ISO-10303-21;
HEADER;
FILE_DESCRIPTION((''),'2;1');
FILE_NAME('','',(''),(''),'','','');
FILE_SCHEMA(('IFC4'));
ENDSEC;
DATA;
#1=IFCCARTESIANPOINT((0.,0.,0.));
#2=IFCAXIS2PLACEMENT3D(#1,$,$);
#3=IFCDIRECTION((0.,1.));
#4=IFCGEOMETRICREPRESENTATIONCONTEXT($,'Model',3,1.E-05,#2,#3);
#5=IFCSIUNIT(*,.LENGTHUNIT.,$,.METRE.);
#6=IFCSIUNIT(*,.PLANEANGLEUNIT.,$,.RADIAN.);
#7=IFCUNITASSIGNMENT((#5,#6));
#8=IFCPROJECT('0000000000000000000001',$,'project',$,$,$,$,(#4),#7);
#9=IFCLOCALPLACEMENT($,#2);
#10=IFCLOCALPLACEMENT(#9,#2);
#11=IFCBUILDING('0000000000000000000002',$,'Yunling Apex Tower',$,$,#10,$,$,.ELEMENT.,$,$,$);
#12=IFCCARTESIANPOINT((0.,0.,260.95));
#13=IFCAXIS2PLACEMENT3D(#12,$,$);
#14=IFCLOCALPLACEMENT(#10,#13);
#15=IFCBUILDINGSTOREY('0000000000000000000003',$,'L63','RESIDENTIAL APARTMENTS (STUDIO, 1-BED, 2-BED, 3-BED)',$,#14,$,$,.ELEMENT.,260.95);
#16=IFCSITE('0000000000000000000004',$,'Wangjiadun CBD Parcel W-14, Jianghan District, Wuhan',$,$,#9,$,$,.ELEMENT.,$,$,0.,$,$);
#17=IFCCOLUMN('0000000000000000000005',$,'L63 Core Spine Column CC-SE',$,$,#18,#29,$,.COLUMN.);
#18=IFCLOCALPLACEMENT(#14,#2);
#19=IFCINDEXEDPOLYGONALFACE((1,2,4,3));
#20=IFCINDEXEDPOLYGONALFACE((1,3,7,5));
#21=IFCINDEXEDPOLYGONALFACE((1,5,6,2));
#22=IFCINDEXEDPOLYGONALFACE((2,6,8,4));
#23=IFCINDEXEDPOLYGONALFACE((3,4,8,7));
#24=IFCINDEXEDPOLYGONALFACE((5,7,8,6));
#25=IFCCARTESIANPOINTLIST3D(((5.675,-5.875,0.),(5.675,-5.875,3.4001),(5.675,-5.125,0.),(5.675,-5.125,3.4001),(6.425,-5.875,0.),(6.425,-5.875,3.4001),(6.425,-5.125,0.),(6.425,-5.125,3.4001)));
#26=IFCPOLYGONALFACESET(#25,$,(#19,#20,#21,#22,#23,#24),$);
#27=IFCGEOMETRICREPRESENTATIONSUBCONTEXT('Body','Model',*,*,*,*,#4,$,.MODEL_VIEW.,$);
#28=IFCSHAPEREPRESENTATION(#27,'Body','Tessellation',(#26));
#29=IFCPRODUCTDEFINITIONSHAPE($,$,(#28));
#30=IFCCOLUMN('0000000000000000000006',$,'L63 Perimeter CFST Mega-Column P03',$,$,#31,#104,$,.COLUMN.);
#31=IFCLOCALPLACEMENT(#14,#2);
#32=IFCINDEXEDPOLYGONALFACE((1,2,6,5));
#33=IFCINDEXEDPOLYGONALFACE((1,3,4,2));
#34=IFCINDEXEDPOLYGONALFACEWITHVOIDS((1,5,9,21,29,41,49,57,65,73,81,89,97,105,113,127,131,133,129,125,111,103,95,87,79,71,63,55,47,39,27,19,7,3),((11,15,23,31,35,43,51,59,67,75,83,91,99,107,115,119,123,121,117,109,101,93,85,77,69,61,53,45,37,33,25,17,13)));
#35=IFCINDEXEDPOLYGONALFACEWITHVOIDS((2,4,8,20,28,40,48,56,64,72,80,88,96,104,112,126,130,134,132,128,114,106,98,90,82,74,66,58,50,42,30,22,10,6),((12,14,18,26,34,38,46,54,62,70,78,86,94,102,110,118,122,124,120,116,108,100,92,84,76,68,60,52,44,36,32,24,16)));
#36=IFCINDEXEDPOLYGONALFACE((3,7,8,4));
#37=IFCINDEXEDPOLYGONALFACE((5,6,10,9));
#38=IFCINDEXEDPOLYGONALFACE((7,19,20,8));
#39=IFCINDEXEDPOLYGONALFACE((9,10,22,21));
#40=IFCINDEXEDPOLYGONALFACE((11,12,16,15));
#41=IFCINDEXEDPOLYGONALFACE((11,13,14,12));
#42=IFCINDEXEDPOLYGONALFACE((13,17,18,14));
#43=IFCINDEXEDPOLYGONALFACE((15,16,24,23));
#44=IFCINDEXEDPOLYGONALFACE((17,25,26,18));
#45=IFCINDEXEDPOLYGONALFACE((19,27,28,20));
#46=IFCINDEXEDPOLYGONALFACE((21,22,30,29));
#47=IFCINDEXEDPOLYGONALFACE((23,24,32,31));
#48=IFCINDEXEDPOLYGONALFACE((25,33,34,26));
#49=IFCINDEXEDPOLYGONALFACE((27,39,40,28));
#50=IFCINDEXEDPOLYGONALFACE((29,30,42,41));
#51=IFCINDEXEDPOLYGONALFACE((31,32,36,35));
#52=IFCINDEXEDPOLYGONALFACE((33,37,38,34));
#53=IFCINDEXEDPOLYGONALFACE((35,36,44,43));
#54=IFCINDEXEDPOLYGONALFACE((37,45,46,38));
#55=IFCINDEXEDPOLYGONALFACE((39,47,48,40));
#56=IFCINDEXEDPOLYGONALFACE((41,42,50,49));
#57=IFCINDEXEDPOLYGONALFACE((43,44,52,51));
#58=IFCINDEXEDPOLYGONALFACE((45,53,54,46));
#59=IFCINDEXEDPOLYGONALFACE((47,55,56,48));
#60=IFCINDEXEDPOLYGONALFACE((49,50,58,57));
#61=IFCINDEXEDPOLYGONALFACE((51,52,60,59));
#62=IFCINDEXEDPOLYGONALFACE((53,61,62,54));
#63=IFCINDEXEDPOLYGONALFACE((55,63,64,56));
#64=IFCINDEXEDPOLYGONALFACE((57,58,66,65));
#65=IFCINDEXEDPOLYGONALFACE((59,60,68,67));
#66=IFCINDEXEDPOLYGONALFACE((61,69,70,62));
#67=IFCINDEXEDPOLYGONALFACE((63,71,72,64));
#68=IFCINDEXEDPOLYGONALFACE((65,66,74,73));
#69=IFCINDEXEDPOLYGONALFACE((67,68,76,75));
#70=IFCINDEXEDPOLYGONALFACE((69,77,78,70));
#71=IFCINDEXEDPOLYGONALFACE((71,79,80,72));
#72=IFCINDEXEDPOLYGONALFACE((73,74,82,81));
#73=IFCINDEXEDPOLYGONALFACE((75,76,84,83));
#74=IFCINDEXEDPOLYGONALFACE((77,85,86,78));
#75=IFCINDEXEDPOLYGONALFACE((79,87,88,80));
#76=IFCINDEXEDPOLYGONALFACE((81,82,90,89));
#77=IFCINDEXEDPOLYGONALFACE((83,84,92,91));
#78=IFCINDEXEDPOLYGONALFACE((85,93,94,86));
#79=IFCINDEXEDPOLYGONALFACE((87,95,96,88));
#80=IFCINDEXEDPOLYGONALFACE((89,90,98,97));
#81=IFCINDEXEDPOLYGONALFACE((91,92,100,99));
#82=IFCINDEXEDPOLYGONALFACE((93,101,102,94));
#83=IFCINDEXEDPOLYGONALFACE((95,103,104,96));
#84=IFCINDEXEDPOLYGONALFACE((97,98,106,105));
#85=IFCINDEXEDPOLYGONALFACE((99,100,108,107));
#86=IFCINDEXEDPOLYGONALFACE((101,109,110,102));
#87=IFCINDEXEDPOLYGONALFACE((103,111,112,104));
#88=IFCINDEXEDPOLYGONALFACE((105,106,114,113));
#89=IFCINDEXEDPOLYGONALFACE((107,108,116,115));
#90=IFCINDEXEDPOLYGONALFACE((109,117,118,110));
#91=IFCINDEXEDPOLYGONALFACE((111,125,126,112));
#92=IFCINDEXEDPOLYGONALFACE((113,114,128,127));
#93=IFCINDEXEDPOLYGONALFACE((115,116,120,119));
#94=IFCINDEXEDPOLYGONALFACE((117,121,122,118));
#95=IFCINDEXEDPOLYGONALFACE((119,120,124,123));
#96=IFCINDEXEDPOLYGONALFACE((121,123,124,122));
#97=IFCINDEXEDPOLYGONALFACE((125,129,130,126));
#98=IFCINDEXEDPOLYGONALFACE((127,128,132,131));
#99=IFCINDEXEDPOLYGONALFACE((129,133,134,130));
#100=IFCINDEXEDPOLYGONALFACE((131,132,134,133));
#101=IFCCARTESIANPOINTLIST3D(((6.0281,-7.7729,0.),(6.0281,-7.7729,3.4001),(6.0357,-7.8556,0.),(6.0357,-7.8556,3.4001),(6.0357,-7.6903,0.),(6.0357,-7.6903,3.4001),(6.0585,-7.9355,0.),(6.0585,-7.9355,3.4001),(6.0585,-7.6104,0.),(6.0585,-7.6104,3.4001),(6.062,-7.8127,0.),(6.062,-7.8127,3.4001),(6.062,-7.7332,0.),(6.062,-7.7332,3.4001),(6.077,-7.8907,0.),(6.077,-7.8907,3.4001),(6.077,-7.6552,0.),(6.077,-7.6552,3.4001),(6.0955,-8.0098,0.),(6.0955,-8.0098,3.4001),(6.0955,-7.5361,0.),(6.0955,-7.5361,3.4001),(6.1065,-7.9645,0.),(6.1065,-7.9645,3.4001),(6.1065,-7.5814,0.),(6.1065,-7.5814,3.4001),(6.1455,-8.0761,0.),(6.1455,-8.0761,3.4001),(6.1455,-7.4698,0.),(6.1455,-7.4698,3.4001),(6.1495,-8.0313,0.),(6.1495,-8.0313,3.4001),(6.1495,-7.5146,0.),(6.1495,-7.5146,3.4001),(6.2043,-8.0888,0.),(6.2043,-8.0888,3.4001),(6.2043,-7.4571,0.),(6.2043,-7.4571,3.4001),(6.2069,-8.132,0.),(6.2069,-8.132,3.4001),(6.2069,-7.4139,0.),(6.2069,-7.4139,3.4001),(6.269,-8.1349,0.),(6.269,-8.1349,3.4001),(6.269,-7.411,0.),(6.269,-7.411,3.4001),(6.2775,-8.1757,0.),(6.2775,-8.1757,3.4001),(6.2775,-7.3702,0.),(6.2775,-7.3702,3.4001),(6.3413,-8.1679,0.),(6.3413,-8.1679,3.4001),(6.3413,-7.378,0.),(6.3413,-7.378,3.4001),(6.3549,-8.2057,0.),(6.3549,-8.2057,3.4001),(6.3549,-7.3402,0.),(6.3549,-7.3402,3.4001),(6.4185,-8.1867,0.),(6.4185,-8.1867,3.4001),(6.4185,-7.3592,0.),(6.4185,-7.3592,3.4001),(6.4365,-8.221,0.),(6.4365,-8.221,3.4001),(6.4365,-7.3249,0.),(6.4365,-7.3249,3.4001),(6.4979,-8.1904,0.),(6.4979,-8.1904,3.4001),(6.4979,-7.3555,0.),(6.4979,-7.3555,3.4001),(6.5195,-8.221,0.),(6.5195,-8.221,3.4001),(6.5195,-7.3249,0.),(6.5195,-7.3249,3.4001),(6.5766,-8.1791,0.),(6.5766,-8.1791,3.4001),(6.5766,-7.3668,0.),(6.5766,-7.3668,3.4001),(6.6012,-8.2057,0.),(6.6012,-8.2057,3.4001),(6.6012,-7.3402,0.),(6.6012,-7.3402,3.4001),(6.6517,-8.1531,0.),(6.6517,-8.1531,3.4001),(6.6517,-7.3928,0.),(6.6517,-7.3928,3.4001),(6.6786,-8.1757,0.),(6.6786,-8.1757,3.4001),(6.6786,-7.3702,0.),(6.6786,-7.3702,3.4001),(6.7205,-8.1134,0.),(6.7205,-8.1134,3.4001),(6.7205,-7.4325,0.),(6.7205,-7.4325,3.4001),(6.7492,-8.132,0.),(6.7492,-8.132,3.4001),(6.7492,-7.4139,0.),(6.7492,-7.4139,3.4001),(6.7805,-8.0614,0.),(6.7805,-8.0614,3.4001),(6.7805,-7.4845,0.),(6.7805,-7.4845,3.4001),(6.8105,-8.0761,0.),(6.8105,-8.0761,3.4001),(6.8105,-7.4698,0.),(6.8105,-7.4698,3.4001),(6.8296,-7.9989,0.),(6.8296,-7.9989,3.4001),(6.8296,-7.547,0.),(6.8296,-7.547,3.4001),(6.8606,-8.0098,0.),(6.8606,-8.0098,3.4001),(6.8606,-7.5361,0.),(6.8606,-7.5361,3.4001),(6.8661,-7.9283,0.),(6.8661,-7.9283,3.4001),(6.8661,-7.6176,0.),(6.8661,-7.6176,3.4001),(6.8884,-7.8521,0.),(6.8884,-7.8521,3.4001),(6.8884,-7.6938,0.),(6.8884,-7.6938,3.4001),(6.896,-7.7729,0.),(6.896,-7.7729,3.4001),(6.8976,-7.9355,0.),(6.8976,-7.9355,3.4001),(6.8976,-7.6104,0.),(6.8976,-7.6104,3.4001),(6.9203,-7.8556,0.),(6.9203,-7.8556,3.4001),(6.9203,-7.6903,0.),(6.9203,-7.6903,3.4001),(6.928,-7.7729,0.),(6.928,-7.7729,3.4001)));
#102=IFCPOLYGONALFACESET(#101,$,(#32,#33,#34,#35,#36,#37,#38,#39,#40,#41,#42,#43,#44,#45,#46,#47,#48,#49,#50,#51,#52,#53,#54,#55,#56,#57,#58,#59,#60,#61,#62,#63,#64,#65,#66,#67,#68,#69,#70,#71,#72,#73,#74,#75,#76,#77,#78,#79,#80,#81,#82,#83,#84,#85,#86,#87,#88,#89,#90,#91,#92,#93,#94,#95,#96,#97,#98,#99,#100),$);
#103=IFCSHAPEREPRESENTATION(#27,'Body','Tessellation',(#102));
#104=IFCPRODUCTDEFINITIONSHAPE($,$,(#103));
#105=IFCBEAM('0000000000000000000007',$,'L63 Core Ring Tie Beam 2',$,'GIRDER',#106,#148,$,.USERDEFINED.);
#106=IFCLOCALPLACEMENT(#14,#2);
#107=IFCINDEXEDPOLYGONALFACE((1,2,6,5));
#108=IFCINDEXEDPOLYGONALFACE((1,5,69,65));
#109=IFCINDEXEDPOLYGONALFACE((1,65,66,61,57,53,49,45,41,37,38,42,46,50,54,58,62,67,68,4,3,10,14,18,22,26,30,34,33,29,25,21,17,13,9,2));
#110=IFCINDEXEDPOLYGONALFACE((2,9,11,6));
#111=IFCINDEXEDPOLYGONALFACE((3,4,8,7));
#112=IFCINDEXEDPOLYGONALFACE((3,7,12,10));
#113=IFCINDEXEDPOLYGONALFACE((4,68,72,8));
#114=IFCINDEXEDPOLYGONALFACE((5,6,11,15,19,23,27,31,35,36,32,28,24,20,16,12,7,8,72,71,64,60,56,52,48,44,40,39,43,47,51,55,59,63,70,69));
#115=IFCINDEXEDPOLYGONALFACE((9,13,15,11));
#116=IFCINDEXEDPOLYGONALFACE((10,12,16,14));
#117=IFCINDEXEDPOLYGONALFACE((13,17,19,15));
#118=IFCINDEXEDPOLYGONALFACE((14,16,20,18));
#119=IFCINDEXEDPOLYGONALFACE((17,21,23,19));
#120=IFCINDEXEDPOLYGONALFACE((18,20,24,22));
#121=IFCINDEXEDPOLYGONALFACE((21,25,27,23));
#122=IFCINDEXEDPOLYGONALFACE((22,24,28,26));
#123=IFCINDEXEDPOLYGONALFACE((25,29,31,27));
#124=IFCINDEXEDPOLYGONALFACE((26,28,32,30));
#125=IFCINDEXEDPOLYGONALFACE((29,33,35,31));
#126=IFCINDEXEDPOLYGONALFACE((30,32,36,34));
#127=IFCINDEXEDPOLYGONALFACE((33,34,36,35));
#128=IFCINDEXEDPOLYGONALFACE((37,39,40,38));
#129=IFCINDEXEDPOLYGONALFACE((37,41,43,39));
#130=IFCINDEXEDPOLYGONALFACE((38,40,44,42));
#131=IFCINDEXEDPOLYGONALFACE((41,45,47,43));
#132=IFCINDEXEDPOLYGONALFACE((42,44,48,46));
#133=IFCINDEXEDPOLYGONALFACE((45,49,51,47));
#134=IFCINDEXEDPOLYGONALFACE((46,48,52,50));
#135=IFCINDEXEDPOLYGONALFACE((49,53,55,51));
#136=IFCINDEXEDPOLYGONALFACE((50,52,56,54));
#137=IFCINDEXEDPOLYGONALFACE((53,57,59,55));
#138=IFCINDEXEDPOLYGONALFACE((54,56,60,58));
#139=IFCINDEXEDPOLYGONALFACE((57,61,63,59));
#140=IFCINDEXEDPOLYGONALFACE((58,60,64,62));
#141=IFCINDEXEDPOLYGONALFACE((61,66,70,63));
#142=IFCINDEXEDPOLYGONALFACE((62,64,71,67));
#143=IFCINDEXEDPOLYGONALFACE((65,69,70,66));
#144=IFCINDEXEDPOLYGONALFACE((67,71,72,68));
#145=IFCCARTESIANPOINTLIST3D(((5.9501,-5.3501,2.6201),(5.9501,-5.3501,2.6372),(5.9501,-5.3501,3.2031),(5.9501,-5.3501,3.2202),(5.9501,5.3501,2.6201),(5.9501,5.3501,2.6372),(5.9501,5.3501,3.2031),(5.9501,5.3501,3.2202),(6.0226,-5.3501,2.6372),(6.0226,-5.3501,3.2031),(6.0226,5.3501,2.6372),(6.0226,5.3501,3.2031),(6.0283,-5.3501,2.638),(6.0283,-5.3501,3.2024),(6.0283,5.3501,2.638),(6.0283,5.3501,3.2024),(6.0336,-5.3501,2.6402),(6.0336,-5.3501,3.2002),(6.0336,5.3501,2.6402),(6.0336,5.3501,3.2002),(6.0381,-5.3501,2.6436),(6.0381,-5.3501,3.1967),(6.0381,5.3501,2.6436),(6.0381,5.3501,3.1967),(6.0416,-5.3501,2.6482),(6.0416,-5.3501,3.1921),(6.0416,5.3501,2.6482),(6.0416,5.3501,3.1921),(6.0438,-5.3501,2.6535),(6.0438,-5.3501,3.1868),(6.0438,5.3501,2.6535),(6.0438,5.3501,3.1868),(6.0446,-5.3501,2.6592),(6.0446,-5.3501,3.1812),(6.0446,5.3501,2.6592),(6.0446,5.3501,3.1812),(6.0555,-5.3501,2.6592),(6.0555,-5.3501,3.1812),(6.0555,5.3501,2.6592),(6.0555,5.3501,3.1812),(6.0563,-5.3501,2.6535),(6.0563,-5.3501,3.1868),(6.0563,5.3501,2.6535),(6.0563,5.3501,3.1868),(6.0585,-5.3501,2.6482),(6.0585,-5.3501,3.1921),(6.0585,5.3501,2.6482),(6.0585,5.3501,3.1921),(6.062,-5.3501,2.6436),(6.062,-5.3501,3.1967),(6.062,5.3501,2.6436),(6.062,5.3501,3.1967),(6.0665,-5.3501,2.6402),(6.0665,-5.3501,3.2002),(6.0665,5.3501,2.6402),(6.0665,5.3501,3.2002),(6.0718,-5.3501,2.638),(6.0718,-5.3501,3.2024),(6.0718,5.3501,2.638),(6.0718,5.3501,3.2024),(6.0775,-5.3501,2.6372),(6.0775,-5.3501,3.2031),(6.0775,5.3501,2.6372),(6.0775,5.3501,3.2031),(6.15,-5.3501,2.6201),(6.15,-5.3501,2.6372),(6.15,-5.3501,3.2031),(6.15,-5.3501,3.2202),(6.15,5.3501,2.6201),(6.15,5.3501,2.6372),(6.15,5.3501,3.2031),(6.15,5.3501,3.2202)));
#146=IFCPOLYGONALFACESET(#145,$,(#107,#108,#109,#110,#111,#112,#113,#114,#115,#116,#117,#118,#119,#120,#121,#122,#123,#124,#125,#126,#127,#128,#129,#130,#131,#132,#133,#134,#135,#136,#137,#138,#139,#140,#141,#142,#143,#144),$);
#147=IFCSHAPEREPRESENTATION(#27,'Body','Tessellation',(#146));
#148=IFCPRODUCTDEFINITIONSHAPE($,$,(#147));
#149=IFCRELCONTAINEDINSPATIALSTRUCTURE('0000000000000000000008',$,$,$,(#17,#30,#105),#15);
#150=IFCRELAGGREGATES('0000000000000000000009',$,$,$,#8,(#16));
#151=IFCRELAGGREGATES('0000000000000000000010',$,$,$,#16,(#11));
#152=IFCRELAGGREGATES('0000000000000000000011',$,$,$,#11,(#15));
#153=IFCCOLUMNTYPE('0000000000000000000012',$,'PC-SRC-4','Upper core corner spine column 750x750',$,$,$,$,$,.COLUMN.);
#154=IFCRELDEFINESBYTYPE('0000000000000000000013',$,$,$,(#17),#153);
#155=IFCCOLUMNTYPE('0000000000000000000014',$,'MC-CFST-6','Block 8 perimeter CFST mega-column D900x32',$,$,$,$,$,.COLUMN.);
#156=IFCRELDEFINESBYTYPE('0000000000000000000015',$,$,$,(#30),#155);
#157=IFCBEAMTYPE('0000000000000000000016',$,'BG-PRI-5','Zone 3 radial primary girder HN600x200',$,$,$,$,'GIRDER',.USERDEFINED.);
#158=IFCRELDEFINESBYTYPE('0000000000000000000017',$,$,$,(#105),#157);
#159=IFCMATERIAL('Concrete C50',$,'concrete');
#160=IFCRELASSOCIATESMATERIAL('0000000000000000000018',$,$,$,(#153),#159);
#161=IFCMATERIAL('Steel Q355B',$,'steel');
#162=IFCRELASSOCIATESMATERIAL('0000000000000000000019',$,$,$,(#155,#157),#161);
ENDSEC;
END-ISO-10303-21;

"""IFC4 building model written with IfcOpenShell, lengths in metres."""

from ifc_helpers import new_model, si_unit, direction, frame, origin, origin_2d, place, context, subcontext, project, spatial, rectangle, hollow_circle, i_section, extrude, source, transform, mapped, material, material_profile, profile_set, type_object, element, save


model = new_model("IFC4")

# Units and contexts
model_context = context("Model", 3, precision=1e-05, world=origin(), true_north=direction((0.0, 1.0)))
body_context = subcontext(model_context, "Body", "Model", "MODEL_VIEW")
ifc_project = project(units=[si_unit("LENGTHUNIT", "METRE"), si_unit("PLANEANGLEUNIT", "RADIAN")], contexts=[model_context])

# Site, building, storey
site_placement = place(None, origin())
site = spatial("IfcSite", under=ifc_project, at=site_placement, Name="Wangjiadun CBD Parcel W-14, Jianghan District, Wuhan", CompositionType="ELEMENT", RefElevation=0.0)
building_placement = place(site_placement, origin())
building = spatial("IfcBuilding", under=site, at=building_placement, Name="Yunling Apex Tower", CompositionType="ELEMENT")
storey_placement = place(building_placement, frame((0.0, 0.0, 260.95)))
storey = spatial("IfcBuildingStorey", under=building, at=storey_placement, Name="L63", Description="RESIDENTIAL APARTMENTS (STUDIO, 1-BED, 2-BED, 3-BED)", CompositionType="ELEMENT", Elevation=260.95)

# Columns
ifc_material_1 = material(Name="Concrete C50", Category="concrete")
ifc_material_profile_1 = material_profile(ifc_material_1, rectangle(XDim=0.75, YDim=0.75, at=origin_2d()))
ifc_profile_set_1 = profile_set([ifc_material_profile_1], Name="Concrete C50")
column_type_1 = type_object("IfcColumnType", Name="PC-SRC-4", Description="Upper core corner spine column 750x750", PredefinedType="COLUMN", material=ifc_profile_set_1)
shared_shape_1 = source(origin(), body_context, "Body", "SweptSolid", [
    extrude(rectangle(XDim=0.75, YDim=0.75, at=origin_2d()), origin(), (0.0, 0.0, 1.0), 3.4001),
])
column_1_placement = place(storey_placement, frame((6.05, -5.5, 0.0), z_axis=(0.0, 0.0, 1.0), x_axis=(1.0, 0.0, 0.0)))
element("IfcColumn", 1, at=column_1_placement, inside=storey, type_object=column_type_1, Name="L63 Core Spine Column CC-SE", PredefinedType="COLUMN", context=body_context, shape_type="MappedRepresentation", body=[
    mapped(shared_shape_1, transform((0.0, 0.0, 0.0), scale=1.0)),
])
ifc_material_2 = material(Name="Steel Q355B", Category="steel")
ifc_material_profile_2 = material_profile(ifc_material_2, hollow_circle(Radius=0.45, WallThickness=0.032, at=origin_2d()))
ifc_profile_set_2 = profile_set([ifc_material_profile_2], Name="Steel Q355B")
column_type_2 = type_object("IfcColumnType", Name="MC-CFST-6", Description="Block 8 perimeter CFST mega-column D900x32", PredefinedType="COLUMN", material=ifc_profile_set_2)
shared_shape_2 = source(origin(), body_context, "Body", "SweptSolid", [
    extrude(hollow_circle(Radius=0.45, WallThickness=0.032, at=origin_2d()), origin(), (0.0, 0.0, 1.0), 3.4001),
])
column_2_placement = place(storey_placement, frame((6.478, -7.7729, 0.0), z_axis=(0.0, 0.0, 1.0), x_axis=(1.0, 0.0, 0.0)))
element("IfcColumn", 2, at=column_2_placement, inside=storey, type_object=column_type_2, Name="L63 Perimeter CFST Mega-Column P03", PredefinedType="COLUMN", context=body_context, shape_type="MappedRepresentation", body=[
    mapped(shared_shape_2, transform((0.0, 0.0, 0.0), scale=1.0)),
])

# Beam
ifc_material_profile_3 = material_profile(ifc_material_2, i_section(OverallWidth=0.2, OverallDepth=0.6001, WebThickness=0.011, FlangeThickness=0.0171, FilletRadius=0.022, at=origin_2d()))
ifc_profile_set_3 = profile_set([ifc_material_profile_3], Name="Steel Q355B")
beam_type_1 = type_object("IfcBeamType", Name="BG-PRI-5", Description="Zone 3 radial primary girder HN600x200", ElementType="GIRDER", PredefinedType="USERDEFINED", material=ifc_profile_set_3)
shared_shape_3 = source(origin(), body_context, "Body", "SweptSolid", [
    extrude(i_section(OverallWidth=0.2, OverallDepth=0.6001, WebThickness=0.011, FlangeThickness=0.0171, FilletRadius=0.022, at=origin_2d()), origin(), (0.0, 0.0, 1.0), 10.7002),
])
beam_1_placement = place(storey_placement, frame((6.05, -5.3501, 2.9202), z_axis=(0.0, 1.0, 0.0), x_axis=(-1.0, 0.0, 0.0)))
element("IfcBeam", 3, at=beam_1_placement, inside=storey, type_object=beam_type_1, Name="L63 Core Ring Tie Beam 2", ObjectType="GIRDER", PredefinedType="USERDEFINED", context=body_context, shape_type="MappedRepresentation", body=[
    mapped(shared_shape_3, transform((0.0, 0.0, 0.0), scale=1.0)),
])

save(model, "model.ifc")
